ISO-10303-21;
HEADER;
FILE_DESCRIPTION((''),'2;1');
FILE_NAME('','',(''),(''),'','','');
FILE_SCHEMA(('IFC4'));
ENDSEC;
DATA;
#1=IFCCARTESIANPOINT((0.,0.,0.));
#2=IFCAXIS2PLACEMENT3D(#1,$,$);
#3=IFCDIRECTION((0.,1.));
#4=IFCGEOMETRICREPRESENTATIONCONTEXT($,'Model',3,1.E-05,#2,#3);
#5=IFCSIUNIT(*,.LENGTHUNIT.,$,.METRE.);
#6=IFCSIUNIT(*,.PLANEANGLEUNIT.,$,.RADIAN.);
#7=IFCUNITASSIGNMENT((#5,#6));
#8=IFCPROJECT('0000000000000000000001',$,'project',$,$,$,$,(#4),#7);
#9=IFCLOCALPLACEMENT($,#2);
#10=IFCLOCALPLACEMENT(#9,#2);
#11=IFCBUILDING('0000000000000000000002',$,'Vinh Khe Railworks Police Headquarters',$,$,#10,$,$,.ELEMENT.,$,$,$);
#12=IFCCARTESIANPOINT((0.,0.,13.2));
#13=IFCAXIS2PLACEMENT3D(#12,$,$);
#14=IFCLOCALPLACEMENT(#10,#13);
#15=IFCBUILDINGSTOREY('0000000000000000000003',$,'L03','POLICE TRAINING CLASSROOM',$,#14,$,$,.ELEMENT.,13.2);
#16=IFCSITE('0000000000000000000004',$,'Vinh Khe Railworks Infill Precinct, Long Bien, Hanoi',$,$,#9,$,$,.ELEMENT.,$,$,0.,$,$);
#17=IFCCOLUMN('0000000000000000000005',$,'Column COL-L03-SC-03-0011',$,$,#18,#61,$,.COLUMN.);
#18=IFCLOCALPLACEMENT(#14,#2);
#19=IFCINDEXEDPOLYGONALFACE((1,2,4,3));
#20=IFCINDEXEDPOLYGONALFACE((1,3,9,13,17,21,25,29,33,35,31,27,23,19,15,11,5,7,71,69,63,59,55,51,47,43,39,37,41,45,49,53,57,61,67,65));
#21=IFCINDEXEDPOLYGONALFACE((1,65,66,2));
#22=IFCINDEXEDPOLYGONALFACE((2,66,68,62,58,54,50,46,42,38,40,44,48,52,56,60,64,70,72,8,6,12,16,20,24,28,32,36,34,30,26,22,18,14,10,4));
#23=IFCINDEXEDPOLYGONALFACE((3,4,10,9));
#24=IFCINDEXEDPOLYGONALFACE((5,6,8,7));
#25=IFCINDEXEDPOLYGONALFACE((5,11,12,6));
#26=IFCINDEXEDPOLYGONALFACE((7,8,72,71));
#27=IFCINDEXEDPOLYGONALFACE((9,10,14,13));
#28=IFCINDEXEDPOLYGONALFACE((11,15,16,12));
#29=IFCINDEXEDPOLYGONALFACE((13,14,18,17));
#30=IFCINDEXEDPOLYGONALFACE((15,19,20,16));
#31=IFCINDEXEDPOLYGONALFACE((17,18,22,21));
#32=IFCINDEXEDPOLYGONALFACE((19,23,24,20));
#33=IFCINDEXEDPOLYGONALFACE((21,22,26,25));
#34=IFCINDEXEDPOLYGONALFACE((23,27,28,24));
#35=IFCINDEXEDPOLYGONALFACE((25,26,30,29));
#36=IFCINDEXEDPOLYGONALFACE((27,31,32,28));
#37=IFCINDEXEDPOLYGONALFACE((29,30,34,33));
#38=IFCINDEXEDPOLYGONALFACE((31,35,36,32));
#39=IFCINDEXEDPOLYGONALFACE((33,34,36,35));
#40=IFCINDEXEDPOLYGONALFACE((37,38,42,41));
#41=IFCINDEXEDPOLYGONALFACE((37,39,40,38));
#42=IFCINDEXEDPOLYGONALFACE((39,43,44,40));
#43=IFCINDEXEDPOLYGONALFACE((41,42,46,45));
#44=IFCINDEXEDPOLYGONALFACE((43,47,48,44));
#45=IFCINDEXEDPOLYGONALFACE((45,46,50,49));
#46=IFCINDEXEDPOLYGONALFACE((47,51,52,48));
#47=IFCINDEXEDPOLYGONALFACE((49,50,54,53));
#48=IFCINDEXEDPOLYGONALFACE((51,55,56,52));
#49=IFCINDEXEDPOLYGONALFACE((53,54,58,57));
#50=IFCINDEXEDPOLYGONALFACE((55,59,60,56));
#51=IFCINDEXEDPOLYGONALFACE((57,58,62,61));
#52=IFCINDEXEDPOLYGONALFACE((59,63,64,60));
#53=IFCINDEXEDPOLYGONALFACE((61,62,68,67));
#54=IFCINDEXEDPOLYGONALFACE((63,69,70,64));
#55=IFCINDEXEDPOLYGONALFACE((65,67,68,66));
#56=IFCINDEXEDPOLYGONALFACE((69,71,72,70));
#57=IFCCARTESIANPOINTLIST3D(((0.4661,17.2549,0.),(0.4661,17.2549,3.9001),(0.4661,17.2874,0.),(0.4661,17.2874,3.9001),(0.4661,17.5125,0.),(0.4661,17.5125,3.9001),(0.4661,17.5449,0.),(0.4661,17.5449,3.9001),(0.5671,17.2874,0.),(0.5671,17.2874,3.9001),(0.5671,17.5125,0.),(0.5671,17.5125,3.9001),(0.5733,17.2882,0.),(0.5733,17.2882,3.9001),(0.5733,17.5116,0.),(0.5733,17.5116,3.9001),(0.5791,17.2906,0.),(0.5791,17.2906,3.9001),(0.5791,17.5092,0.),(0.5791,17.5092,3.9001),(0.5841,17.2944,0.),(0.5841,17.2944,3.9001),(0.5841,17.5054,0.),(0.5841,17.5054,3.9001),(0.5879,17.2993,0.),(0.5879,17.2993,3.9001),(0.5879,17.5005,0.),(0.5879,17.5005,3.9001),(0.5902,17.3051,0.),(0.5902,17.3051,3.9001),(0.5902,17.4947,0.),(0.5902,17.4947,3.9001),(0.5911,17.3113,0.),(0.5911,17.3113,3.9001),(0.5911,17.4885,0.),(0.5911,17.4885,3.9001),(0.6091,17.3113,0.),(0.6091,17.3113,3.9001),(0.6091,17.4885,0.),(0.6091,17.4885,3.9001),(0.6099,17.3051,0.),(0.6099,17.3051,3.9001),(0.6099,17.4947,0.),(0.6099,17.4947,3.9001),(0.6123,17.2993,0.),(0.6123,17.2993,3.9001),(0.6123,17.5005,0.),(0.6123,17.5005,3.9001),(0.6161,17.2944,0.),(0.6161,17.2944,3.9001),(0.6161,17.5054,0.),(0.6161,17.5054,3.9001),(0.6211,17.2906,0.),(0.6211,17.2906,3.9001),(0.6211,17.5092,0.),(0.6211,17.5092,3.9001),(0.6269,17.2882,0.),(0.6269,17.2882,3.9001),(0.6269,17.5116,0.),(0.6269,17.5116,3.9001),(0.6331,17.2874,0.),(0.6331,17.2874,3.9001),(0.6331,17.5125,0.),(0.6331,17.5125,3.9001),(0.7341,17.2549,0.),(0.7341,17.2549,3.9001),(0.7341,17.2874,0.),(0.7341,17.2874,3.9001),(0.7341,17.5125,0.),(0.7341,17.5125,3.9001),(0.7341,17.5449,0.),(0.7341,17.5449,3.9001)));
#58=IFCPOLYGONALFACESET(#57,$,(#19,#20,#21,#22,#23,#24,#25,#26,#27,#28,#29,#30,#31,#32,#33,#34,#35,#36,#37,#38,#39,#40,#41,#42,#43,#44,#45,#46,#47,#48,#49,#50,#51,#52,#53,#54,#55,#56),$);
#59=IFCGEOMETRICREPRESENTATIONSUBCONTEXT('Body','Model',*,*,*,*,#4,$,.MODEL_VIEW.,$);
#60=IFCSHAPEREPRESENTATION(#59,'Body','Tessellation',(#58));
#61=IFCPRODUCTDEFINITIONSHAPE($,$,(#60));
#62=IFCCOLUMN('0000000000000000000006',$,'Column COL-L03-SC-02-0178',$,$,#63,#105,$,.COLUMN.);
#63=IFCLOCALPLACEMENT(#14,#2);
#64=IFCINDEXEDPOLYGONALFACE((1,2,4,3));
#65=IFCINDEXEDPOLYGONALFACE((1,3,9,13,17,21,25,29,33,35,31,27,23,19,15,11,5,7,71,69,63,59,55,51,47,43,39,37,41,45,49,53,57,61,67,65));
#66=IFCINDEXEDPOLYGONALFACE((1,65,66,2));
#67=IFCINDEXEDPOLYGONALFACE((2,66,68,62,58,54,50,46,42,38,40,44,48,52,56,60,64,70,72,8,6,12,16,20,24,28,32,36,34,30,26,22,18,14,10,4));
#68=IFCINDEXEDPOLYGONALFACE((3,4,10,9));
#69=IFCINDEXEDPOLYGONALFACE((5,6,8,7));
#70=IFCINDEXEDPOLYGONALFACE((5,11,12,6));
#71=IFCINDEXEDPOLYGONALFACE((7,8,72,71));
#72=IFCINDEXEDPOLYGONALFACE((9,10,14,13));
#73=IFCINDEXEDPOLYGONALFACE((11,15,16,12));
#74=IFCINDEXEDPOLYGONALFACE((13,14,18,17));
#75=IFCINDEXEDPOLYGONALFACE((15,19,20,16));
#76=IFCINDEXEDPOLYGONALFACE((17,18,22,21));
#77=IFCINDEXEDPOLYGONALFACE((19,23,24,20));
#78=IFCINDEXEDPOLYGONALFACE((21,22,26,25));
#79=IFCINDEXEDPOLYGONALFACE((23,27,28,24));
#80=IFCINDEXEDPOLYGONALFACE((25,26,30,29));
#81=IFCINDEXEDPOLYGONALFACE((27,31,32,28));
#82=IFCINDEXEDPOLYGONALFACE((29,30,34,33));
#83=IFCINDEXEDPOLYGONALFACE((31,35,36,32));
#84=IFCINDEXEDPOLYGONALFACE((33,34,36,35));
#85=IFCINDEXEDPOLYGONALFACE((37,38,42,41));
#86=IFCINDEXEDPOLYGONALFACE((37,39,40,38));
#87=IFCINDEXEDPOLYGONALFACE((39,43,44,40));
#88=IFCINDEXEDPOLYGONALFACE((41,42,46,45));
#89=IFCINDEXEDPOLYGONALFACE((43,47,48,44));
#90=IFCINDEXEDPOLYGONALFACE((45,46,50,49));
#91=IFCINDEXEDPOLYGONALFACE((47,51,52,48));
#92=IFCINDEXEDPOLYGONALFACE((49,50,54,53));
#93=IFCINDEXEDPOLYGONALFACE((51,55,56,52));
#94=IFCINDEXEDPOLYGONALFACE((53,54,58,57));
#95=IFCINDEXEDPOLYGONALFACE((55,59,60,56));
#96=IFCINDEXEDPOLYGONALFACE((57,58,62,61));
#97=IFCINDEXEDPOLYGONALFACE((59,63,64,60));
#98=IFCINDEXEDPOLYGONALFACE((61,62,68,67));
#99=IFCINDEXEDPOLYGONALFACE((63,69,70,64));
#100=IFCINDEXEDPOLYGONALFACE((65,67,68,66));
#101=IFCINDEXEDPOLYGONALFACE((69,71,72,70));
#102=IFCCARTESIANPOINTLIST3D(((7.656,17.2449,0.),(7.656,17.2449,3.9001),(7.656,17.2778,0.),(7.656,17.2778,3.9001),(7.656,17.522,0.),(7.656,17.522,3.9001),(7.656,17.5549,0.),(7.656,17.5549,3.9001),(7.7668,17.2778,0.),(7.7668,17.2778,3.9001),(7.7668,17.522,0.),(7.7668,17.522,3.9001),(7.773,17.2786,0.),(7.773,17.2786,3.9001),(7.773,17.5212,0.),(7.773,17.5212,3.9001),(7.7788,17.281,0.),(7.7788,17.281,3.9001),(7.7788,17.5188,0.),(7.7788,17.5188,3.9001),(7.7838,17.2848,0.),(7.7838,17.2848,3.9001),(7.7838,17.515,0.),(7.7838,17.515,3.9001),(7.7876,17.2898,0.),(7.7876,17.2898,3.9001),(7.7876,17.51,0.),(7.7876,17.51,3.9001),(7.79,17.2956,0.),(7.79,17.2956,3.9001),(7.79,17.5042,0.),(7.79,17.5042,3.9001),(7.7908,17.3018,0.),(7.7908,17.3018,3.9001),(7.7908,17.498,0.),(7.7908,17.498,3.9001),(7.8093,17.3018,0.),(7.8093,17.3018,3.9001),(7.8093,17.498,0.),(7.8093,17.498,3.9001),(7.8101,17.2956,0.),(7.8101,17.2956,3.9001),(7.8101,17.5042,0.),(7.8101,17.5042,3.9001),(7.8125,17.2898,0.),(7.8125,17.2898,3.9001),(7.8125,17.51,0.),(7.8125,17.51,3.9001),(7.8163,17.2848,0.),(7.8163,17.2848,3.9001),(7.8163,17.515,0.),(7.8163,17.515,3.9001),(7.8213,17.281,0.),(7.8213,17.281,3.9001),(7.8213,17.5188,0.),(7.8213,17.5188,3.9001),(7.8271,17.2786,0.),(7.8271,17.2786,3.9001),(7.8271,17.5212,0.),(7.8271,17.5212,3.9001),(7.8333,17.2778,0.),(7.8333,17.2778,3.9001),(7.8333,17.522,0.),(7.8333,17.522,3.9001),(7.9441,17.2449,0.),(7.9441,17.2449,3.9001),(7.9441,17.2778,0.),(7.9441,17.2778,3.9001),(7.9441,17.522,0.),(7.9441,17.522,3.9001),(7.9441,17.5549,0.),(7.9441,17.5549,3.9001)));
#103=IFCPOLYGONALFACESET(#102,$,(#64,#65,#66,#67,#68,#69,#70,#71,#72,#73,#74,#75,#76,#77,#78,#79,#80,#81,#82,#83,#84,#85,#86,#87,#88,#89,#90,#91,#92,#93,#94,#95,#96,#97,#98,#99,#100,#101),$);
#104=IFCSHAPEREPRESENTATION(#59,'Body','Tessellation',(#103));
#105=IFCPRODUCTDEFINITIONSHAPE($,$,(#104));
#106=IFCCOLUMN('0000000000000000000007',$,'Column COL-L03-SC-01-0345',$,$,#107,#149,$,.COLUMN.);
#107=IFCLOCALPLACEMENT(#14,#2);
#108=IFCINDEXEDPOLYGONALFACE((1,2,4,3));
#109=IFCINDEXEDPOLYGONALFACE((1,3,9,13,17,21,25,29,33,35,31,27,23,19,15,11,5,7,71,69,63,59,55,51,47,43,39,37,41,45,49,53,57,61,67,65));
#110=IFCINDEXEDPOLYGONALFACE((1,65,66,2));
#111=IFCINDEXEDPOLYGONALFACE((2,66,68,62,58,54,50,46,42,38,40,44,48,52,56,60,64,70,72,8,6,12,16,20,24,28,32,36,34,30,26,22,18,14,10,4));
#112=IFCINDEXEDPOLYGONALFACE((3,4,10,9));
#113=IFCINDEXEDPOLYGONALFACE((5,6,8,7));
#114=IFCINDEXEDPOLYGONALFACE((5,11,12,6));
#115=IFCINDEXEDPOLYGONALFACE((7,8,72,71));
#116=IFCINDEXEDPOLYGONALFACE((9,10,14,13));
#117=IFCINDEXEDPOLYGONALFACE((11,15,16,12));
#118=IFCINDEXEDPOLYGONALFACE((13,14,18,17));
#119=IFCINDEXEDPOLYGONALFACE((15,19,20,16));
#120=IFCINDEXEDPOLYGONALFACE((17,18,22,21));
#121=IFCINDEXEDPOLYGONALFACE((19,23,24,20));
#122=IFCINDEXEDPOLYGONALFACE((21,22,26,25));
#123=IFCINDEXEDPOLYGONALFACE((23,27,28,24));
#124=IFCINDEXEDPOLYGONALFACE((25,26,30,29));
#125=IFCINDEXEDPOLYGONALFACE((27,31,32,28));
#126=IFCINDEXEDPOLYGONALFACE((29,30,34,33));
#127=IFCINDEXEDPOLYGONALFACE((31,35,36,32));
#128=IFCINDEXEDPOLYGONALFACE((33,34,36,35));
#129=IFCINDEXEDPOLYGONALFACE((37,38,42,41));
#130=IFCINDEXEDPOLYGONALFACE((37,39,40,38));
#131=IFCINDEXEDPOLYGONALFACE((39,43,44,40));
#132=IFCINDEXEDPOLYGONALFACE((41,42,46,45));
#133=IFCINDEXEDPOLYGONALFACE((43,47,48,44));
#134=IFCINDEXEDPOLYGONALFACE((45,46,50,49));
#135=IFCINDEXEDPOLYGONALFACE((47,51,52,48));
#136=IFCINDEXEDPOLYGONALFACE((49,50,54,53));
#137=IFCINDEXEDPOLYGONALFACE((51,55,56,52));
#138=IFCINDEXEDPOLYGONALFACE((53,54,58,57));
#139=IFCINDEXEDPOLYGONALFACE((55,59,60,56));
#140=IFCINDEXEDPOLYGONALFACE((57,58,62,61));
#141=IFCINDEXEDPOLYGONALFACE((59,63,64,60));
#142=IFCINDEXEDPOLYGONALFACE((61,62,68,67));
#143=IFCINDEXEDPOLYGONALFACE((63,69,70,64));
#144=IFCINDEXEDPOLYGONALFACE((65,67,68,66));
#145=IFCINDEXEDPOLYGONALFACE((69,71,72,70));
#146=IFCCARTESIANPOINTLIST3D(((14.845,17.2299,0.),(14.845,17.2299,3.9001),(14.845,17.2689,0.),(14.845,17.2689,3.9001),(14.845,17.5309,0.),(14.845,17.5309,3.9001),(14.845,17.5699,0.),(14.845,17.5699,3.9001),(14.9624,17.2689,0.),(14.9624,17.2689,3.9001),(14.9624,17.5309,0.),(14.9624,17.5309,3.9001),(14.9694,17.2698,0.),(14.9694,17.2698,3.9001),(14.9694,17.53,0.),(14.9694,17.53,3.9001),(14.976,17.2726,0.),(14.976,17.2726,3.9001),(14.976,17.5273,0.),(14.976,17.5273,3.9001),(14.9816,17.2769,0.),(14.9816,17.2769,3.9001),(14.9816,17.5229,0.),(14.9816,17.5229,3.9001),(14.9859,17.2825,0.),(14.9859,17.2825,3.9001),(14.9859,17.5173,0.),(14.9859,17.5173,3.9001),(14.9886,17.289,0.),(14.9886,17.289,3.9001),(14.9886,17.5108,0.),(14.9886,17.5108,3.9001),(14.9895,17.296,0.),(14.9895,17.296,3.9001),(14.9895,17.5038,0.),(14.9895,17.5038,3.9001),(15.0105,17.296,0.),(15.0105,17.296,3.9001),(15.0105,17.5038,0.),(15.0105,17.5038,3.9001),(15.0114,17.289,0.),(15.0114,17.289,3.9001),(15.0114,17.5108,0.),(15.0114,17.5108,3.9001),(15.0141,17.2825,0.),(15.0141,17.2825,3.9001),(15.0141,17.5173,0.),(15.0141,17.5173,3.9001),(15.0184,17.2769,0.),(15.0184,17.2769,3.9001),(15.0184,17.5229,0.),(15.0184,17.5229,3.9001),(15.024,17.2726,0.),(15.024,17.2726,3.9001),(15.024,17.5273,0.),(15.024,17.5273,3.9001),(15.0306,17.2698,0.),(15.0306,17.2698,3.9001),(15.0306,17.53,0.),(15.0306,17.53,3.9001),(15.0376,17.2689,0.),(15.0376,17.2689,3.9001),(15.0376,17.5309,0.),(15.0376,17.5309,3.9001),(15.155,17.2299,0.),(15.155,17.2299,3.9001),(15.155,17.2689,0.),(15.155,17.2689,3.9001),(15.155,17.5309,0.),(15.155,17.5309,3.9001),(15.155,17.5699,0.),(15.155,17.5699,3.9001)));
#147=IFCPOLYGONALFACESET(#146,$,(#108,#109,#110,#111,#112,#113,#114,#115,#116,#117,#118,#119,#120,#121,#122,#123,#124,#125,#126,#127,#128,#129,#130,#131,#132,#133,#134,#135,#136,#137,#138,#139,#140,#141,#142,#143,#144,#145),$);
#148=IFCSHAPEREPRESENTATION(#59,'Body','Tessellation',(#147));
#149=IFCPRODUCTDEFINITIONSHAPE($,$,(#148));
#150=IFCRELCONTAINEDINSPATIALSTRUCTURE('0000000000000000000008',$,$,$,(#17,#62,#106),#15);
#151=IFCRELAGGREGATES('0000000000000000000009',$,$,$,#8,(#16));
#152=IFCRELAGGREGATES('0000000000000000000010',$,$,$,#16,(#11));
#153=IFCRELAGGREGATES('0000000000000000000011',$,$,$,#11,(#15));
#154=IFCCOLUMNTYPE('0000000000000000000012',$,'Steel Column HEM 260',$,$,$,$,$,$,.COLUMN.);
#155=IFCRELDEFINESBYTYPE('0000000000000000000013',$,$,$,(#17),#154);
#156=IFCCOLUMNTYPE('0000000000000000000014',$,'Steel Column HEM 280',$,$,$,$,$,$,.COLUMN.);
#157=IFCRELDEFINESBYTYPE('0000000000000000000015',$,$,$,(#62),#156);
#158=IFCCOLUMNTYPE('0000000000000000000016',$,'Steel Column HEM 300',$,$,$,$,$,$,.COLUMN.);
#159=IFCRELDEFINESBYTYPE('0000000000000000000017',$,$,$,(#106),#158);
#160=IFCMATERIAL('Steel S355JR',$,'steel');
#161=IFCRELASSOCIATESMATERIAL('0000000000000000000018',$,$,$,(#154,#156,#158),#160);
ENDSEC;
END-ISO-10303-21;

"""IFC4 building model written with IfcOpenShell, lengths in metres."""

from ifc_helpers import new_model, si_unit, direction, frame, origin, origin_2d, place, context, subcontext, project, spatial, i_section, extrude, material, material_profile, profile_set, type_object, element, save


model = new_model("IFC4")

# Units and contexts
model_context = context("Model", 3, precision=1e-05, world=origin(), true_north=direction((0.0, 1.0)))
body_context = subcontext(model_context, "Body", "Model", "MODEL_VIEW")
ifc_project = project(units=[si_unit("LENGTHUNIT", "METRE"), si_unit("PLANEANGLEUNIT", "RADIAN")], contexts=[model_context])

# Site, building, storey
site_placement = place(None, origin())
site = spatial("IfcSite", under=ifc_project, at=site_placement, Name="Vinh Khe Railworks Infill Precinct, Long Bien, Hanoi", CompositionType="ELEMENT", RefElevation=0.0)
building_placement = place(site_placement, origin())
building = spatial("IfcBuilding", under=site, at=building_placement, Name="Vinh Khe Railworks Police Headquarters", CompositionType="ELEMENT")
storey_placement = place(building_placement, frame((0.0, 0.0, 13.2)))
storey = spatial("IfcBuildingStorey", under=building, at=storey_placement, Name="L03", Description="POLICE TRAINING CLASSROOM", CompositionType="ELEMENT", Elevation=13.2)

# Columns
ifc_material_1 = material(Name="Steel S355JR", Category="steel")
ifc_material_profile_1 = material_profile(ifc_material_1, i_section(OverallWidth=0.2681, OverallDepth=0.29, WebThickness=0.0181, FlangeThickness=0.0325, FilletRadius=0.0239, at=origin_2d()), Name="HEM 260")
ifc_profile_set_1 = profile_set([ifc_material_profile_1], Name="Steel S355JR")
column_type_1 = type_object("IfcColumnType", Name="Steel Column HEM 260", PredefinedType="COLUMN", material=ifc_profile_set_1)
column_1_placement = place(storey_placement, frame((0.6001, 17.3999, 0.0), z_axis=(0.0, 0.0, 1.0), x_axis=(1.0, 0.0, 0.0)))
element("IfcColumn", 1, at=column_1_placement, inside=storey, type_object=column_type_1, Name="Column COL-L03-SC-03-0011", PredefinedType="COLUMN", context=body_context, shape_type="SweptSolid", body=[
    extrude(i_section(OverallWidth=0.2681, OverallDepth=0.29, WebThickness=0.0181, FlangeThickness=0.0325, FilletRadius=0.0239, at=origin_2d()), origin(), (0.0, 0.0, 1.0), 3.9001),
])
ifc_material_profile_2 = material_profile(ifc_material_1, i_section(OverallWidth=0.2881, OverallDepth=0.3101, WebThickness=0.0186, FlangeThickness=0.033, FilletRadius=0.0239, at=origin_2d()), Name="HEM 280")
ifc_profile_set_2 = profile_set([ifc_material_profile_2], Name="Steel S355JR")
column_type_2 = type_object("IfcColumnType", Name="Steel Column HEM 280", PredefinedType="COLUMN", material=ifc_profile_set_2)
column_2_placement = place(storey_placement, frame((7.8, 17.3999, 0.0), z_axis=(0.0, 0.0, 1.0), x_axis=(1.0, 0.0, 0.0)))
element("IfcColumn", 2, at=column_2_placement, inside=storey, type_object=column_type_2, Name="Column COL-L03-SC-02-0178", PredefinedType="COLUMN", context=body_context, shape_type="SweptSolid", body=[
    extrude(i_section(OverallWidth=0.2881, OverallDepth=0.3101, WebThickness=0.0186, FlangeThickness=0.033, FilletRadius=0.0239, at=origin_2d()), origin(), (0.0, 0.0, 1.0), 3.9001),
])
ifc_material_profile_3 = material_profile(ifc_material_1, i_section(OverallWidth=0.3101, OverallDepth=0.3401, WebThickness=0.021, FlangeThickness=0.0391, FilletRadius=0.0271, at=origin_2d()), Name="HEM 300")
ifc_profile_set_3 = profile_set([ifc_material_profile_3], Name="Steel S355JR")
column_type_3 = type_object("IfcColumnType", Name="Steel Column HEM 300", PredefinedType="COLUMN", material=ifc_profile_set_3)
column_3_placement = place(storey_placement, frame((15.0, 17.3999, 0.0), z_axis=(0.0, 0.0, 1.0), x_axis=(1.0, 0.0, 0.0)))
element("IfcColumn", 3, at=column_3_placement, inside=storey, type_object=column_type_3, Name="Column COL-L03-SC-01-0345", PredefinedType="COLUMN", context=body_context, shape_type="SweptSolid", body=[
    extrude(i_section(OverallWidth=0.3101, OverallDepth=0.3401, WebThickness=0.021, FlangeThickness=0.0391, FilletRadius=0.0271, at=origin_2d()), origin(), (0.0, 0.0, 1.0), 3.9001),
])

save(model, "model.ifc")
